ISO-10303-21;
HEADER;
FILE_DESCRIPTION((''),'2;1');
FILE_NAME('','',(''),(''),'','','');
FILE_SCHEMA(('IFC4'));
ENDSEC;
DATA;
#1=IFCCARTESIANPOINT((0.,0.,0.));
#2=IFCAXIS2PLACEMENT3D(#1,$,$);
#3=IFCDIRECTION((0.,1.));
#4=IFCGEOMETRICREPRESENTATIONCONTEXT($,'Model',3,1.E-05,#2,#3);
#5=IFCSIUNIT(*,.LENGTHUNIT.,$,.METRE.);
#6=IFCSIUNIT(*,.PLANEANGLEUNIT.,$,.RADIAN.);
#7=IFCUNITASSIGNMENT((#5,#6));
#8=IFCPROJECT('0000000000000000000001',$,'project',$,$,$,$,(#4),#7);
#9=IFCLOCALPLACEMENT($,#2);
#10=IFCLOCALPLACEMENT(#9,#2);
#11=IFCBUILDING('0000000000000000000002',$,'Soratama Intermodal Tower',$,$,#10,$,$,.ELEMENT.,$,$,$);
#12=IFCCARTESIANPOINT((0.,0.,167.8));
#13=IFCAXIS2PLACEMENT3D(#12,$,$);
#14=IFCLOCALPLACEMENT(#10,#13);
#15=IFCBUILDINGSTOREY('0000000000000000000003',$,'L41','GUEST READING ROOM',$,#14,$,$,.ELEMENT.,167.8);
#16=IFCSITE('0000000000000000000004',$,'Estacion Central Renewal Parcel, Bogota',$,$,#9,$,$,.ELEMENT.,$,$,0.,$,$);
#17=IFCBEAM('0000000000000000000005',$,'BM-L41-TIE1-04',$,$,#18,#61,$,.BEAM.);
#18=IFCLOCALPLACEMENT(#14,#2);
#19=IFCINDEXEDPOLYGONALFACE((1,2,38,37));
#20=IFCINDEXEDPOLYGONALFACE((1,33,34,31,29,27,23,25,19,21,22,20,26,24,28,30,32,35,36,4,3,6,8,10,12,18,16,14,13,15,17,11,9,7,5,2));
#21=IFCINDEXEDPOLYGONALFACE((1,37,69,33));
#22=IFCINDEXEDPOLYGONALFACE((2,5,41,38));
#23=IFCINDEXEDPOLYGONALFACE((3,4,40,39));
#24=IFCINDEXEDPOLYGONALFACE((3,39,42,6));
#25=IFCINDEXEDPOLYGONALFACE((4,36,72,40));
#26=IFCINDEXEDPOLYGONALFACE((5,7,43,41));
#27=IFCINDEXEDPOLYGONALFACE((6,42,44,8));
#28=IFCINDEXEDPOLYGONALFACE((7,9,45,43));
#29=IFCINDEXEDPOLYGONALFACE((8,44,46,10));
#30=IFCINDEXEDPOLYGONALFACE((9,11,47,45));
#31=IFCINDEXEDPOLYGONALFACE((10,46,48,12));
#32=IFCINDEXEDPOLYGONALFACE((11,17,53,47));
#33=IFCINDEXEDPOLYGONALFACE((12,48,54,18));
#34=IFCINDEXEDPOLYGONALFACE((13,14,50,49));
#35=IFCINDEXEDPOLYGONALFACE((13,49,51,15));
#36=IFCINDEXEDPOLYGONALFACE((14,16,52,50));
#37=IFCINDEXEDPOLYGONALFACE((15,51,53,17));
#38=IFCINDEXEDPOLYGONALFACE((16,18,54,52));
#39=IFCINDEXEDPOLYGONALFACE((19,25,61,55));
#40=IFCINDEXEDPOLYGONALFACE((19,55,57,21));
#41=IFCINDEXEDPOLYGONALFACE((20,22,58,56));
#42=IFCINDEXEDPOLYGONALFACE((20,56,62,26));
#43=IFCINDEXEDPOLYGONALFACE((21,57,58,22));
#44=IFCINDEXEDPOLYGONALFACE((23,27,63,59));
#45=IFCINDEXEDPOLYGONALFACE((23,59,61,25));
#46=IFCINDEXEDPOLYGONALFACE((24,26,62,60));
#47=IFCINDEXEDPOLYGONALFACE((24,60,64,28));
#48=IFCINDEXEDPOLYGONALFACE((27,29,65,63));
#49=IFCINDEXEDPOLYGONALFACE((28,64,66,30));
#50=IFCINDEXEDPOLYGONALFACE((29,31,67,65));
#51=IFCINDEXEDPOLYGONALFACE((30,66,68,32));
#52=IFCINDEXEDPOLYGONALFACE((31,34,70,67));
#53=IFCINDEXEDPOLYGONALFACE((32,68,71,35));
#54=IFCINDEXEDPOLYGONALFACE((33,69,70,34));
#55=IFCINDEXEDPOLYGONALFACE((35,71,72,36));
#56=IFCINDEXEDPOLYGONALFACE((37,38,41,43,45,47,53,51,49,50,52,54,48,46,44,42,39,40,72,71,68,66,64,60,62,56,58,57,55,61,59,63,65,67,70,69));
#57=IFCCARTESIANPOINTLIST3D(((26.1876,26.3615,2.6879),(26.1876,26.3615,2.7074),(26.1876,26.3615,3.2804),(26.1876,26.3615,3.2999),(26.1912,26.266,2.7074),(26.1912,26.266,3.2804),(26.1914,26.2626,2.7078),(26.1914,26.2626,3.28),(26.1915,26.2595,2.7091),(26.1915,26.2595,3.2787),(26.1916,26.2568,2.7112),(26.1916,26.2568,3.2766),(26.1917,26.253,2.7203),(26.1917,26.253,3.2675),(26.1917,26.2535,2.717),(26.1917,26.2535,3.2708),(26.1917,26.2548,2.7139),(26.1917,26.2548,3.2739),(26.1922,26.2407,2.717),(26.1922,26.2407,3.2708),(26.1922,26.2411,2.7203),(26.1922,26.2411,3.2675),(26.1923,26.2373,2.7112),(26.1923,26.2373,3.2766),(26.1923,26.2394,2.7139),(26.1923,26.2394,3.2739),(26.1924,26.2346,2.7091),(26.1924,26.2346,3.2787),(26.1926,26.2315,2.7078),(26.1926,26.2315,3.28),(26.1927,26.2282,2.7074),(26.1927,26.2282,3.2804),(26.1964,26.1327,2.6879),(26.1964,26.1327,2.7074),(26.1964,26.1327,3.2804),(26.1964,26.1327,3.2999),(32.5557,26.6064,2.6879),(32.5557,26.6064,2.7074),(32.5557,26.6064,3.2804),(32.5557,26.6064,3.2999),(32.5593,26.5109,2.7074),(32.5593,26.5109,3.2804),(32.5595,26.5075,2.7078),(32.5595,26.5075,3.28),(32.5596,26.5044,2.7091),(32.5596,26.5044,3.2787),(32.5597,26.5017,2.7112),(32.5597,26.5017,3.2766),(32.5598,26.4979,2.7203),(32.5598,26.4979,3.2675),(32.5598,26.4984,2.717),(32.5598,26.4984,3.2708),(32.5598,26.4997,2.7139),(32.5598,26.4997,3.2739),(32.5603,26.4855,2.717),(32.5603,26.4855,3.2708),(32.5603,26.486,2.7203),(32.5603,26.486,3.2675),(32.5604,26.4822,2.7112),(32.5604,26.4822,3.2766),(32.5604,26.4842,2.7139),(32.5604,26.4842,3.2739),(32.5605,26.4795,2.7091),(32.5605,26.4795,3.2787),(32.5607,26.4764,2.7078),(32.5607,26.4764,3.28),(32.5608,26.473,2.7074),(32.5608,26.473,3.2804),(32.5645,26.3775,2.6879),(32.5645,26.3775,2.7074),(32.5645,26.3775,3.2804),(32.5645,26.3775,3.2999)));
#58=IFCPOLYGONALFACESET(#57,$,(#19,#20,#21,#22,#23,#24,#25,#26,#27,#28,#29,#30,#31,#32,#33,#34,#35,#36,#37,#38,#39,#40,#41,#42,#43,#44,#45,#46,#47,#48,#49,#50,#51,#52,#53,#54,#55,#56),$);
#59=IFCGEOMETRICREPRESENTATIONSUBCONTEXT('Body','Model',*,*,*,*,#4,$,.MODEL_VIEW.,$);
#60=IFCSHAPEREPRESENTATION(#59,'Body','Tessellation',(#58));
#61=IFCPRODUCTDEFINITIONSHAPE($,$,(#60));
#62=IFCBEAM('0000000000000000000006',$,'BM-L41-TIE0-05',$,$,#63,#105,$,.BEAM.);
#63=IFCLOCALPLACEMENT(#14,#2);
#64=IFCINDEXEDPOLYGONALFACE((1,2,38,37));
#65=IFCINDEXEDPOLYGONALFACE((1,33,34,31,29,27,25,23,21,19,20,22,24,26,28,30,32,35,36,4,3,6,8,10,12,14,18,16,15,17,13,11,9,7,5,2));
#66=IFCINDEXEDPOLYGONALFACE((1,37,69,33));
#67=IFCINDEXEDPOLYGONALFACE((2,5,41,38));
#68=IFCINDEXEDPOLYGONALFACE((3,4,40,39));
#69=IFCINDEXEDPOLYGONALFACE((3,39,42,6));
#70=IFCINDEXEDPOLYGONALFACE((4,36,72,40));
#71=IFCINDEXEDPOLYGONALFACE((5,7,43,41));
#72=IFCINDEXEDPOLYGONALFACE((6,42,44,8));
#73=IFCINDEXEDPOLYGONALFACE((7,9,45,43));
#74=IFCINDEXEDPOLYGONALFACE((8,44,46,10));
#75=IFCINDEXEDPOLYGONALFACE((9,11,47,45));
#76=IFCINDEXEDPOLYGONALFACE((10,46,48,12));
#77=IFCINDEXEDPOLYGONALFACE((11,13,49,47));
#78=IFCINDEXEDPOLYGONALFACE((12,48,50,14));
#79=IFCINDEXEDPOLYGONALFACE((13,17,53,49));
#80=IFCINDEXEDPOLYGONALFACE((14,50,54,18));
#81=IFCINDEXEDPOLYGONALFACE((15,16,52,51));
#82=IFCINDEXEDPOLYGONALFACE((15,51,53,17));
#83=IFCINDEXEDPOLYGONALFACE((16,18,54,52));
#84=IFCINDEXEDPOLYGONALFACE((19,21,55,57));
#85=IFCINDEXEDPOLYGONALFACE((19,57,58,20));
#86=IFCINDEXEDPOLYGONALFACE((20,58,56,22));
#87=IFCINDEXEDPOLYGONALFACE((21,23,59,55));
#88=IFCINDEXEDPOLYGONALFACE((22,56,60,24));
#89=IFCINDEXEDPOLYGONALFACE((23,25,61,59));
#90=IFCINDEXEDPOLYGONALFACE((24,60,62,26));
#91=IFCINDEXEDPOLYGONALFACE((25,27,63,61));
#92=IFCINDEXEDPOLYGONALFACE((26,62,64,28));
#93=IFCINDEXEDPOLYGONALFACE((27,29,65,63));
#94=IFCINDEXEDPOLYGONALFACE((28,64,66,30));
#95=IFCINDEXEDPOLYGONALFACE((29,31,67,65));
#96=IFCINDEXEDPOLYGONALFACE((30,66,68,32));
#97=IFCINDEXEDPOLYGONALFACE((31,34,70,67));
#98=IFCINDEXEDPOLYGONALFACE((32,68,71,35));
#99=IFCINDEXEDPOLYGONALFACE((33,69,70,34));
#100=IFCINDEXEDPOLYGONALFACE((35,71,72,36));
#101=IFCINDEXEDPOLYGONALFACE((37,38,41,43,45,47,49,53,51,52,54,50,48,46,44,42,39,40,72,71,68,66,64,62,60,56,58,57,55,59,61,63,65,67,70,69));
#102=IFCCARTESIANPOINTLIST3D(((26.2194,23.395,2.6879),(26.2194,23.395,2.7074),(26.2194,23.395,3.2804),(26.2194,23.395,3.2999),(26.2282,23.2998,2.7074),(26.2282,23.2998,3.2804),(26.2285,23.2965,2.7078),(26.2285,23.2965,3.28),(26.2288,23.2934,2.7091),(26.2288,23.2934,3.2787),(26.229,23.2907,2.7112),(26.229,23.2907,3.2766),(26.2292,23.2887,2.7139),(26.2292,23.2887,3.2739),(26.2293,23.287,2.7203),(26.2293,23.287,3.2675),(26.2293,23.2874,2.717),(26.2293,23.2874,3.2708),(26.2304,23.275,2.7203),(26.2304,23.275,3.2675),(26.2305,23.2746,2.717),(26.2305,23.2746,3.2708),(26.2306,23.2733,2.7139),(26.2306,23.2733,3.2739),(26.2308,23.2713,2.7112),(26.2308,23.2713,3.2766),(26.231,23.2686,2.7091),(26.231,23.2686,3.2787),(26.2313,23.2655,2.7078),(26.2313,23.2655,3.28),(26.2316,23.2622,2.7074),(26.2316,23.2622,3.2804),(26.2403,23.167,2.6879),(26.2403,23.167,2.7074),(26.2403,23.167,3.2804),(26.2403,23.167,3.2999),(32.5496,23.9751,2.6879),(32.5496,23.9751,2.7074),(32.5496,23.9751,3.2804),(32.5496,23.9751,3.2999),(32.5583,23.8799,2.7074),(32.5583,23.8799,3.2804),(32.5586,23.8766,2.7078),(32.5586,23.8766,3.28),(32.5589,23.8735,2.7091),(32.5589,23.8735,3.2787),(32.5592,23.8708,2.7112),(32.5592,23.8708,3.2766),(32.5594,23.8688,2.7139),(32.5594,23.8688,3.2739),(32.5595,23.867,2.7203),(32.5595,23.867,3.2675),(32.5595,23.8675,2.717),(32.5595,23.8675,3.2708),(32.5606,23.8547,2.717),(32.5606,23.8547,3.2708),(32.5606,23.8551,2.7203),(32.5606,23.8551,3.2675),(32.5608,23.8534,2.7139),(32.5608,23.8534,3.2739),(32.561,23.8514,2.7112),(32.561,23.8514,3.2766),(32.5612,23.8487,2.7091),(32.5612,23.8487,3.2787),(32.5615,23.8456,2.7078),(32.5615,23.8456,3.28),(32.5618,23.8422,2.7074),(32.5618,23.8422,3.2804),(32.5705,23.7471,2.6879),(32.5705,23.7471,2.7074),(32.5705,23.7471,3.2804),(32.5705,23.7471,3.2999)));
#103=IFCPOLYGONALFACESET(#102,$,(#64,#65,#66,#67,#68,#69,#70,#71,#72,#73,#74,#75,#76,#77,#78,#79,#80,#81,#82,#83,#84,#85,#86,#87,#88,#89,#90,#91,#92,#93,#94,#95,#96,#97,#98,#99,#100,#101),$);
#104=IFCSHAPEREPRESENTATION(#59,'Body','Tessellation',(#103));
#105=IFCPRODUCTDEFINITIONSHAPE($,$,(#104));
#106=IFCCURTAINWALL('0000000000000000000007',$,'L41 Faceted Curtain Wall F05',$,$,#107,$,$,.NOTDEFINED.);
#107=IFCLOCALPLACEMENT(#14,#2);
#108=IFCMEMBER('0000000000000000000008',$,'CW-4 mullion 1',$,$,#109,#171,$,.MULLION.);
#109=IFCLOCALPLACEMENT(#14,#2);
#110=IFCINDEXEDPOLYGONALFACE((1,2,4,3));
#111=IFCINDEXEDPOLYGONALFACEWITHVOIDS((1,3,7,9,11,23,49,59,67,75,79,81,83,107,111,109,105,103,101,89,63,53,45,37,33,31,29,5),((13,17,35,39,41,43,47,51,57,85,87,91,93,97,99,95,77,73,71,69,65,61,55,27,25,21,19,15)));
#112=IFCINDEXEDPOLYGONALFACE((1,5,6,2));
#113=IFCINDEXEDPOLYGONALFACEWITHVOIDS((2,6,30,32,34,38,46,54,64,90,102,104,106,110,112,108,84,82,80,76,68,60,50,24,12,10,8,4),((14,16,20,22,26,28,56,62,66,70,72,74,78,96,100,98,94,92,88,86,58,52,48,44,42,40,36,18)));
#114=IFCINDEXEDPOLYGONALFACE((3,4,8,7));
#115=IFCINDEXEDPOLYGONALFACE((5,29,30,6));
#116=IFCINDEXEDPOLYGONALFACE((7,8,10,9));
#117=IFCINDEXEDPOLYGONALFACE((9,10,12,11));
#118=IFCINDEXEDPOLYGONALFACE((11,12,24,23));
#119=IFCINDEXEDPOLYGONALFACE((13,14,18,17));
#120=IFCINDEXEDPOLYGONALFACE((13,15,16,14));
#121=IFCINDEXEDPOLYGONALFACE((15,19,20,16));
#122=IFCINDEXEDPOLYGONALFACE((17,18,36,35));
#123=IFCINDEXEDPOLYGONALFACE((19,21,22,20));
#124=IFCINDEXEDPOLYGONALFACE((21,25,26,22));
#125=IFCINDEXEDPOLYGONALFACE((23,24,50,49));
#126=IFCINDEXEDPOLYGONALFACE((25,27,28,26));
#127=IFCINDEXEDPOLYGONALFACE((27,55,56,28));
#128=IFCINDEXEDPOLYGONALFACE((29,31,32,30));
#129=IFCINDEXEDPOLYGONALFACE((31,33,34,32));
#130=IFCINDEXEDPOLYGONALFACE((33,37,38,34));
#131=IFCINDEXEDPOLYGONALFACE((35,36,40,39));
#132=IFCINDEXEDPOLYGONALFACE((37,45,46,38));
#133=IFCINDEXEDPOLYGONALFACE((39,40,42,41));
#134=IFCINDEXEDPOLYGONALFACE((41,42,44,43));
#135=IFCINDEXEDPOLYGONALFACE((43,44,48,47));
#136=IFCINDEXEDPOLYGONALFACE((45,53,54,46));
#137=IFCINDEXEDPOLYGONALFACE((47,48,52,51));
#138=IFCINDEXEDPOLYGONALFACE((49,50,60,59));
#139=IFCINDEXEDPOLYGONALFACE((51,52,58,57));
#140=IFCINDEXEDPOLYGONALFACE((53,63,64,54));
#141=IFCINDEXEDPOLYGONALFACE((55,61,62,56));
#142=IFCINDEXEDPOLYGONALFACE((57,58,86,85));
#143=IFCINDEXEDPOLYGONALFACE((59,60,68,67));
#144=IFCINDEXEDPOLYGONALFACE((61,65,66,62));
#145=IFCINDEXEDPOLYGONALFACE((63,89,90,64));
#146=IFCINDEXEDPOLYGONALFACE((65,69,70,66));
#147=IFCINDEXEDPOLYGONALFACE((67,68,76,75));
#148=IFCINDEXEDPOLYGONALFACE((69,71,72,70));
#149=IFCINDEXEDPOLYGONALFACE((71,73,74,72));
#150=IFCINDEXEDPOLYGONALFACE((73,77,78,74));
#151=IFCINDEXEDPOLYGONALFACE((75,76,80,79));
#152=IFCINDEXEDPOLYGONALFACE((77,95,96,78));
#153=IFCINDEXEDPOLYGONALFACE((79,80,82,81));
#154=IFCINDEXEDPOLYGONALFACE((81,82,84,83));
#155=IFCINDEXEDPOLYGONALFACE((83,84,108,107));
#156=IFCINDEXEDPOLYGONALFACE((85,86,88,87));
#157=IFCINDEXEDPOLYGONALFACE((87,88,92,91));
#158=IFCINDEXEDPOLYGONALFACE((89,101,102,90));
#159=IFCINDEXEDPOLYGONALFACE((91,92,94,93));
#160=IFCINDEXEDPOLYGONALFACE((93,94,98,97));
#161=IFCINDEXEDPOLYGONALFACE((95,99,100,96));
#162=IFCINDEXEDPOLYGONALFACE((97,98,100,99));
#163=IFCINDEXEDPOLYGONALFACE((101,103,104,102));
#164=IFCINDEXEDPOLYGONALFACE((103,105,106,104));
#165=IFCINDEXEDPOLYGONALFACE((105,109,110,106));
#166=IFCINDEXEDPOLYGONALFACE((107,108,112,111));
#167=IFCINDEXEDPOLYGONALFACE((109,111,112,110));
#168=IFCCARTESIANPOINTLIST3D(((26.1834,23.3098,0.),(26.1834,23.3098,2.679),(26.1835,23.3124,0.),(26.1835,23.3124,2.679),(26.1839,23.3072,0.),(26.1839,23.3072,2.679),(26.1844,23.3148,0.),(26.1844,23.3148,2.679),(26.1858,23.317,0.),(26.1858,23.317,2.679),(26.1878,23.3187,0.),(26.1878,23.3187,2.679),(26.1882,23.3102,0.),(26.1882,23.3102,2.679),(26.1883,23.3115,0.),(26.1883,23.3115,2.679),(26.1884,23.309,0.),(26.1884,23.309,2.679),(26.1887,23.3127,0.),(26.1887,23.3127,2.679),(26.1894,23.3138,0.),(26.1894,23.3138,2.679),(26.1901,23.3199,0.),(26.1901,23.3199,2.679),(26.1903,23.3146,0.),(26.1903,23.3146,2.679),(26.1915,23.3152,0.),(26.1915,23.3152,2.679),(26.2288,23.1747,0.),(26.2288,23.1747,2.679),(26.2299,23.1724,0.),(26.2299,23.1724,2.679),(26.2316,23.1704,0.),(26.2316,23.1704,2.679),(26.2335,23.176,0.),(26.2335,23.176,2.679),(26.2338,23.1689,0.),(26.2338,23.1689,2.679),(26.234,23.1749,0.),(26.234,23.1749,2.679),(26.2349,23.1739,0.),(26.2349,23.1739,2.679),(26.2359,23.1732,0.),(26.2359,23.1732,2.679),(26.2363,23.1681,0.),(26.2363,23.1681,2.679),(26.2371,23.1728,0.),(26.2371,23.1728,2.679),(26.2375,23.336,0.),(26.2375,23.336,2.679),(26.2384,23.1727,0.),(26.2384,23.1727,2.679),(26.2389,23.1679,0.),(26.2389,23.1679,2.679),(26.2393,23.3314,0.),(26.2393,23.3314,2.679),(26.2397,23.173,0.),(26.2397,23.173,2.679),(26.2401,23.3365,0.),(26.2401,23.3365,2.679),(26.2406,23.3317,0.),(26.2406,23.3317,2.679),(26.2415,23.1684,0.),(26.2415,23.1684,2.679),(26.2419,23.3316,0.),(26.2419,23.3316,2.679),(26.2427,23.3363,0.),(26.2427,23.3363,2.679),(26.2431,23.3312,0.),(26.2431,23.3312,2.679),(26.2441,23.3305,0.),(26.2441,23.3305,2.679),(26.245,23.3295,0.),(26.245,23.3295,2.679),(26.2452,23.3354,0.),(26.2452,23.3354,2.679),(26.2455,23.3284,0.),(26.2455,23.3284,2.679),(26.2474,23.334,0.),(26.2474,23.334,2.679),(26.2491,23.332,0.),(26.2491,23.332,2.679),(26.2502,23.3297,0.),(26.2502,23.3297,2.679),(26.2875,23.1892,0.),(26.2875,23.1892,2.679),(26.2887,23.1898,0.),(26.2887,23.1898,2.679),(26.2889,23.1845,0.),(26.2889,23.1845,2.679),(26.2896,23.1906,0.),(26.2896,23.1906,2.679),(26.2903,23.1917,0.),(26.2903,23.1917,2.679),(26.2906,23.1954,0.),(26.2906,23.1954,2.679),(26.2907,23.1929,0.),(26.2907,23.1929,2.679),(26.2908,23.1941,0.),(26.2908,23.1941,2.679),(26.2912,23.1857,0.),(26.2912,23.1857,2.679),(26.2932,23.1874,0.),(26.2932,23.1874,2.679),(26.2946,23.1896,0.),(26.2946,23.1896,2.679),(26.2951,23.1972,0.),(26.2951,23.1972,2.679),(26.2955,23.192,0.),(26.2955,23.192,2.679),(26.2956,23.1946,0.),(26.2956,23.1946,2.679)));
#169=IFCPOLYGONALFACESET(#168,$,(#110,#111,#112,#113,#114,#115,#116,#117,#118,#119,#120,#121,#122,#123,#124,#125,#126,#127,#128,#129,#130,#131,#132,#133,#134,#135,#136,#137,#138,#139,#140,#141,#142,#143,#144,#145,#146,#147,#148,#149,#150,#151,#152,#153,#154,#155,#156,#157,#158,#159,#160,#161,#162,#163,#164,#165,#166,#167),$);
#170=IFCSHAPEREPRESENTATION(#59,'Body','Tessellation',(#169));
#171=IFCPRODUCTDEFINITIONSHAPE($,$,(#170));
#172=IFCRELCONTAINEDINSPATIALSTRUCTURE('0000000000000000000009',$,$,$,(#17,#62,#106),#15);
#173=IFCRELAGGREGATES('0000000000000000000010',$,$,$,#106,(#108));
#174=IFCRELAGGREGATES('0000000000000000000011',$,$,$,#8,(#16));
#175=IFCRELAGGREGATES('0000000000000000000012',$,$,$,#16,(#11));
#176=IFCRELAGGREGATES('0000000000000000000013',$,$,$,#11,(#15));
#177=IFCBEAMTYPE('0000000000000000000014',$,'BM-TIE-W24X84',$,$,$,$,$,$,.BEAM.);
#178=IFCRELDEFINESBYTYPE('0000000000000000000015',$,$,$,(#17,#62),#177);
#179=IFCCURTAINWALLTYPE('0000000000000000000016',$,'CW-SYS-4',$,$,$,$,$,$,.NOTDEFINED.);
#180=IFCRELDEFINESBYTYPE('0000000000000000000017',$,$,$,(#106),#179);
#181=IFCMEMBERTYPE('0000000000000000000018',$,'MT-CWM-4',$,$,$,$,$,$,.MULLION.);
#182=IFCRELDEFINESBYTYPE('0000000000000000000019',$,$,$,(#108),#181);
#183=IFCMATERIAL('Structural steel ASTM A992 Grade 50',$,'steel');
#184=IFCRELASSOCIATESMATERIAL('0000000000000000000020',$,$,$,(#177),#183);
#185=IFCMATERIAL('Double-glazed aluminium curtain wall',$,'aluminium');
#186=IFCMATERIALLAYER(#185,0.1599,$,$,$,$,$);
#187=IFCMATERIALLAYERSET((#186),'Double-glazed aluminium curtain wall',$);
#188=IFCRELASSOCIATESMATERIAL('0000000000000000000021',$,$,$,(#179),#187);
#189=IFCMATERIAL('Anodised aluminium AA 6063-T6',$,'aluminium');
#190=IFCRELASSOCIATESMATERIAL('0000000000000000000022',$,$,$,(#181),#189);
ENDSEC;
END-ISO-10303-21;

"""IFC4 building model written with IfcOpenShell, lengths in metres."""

from ifc_helpers import new_model, si_unit, direction, frame, origin, origin_2d, place, context, subcontext, project, spatial, hollow_rectangle, i_section, extrude, material, layer, layer_set, material_profile, profile_set, type_object, element, aggregate, save


model = new_model("IFC4")

# Units and contexts
model_context = context("Model", 3, precision=1e-05, world=origin(), true_north=direction((0.0, 1.0)))
body_context = subcontext(model_context, "Body", "Model", "MODEL_VIEW")
ifc_project = project(units=[si_unit("LENGTHUNIT", "METRE"), si_unit("PLANEANGLEUNIT", "RADIAN")], contexts=[model_context])

# Site, building, storey
site_placement = place(None, origin())
site = spatial("IfcSite", under=ifc_project, at=site_placement, Name="Estacion Central Renewal Parcel, Bogota", CompositionType="ELEMENT", RefElevation=0.0)
building_placement = place(site_placement, origin())
building = spatial("IfcBuilding", under=site, at=building_placement, Name="Soratama Intermodal Tower", CompositionType="ELEMENT")
storey_placement = place(building_placement, frame((0.0, 0.0, 167.8)))
storey = spatial("IfcBuildingStorey", under=building, at=storey_placement, Name="L41", Description="GUEST READING ROOM", CompositionType="ELEMENT", Elevation=167.8)

# Beams
ifc_material_1 = material(Name="Structural steel ASTM A992 Grade 50", Category="steel")
ifc_material_profile_1 = material_profile(ifc_material_1, i_section(OverallWidth=0.229, OverallDepth=0.6121, WebThickness=0.012, FlangeThickness=0.0195, FilletRadius=0.0129, at=origin_2d()), Name="W24X84")
ifc_profile_set_1 = profile_set([ifc_material_profile_1], Name="Structural steel ASTM A992 Grade 50")
beam_type_1 = type_object("IfcBeamType", Name="BM-TIE-W24X84", PredefinedType="BEAM", material=ifc_profile_set_1)
beam_1_placement = place(storey_placement, frame((32.5601, 26.4919, 2.9939), z_axis=(-0.999262, -0.038424, 0.0), x_axis=(0.038424, -0.999262, 0.0)))
element("IfcBeam", 1, at=beam_1_placement, inside=storey, type_object=beam_type_1, Name="BM-L41-TIE1-04", PredefinedType="BEAM", context=body_context, shape_type="SweptSolid", body=[
    extrude(i_section(OverallWidth=0.229, OverallDepth=0.6121, WebThickness=0.012, FlangeThickness=0.0195, FilletRadius=0.0129, at=origin_2d()), origin(), (0.0, 0.0, 1.0), 6.3728),
])
beam_2_placement = place(storey_placement, frame((32.5601, 23.8611, 2.9939), z_axis=(-0.995827, -0.091256, 0.0), x_axis=(0.091256, -0.995827, 0.0)))
element("IfcBeam", 2, at=beam_2_placement, inside=storey, type_object=beam_type_1, Name="BM-L41-TIE0-05", PredefinedType="BEAM", context=body_context, shape_type="SweptSolid", body=[
    extrude(i_section(OverallWidth=0.229, OverallDepth=0.6121, WebThickness=0.012, FlangeThickness=0.0195, FilletRadius=0.0129, at=origin_2d()), origin(), (0.0, 0.0, 1.0), 6.3567),
])

# Curtain wall, member
ifc_material_2 = material(Name="Double-glazed aluminium curtain wall", Category="aluminium")
ifc_layer_1 = layer(ifc_material_2, 0.1599)
ifc_layer_set_1 = layer_set([ifc_layer_1], Name="Double-glazed aluminium curtain wall")
curtain_wall_type = type_object("IfcCurtainWallType", Name="CW-SYS-4", PredefinedType="NOTDEFINED", material=ifc_layer_set_1)
curtain_wall_placement = place(storey_placement, origin())
curtain_wall = element("IfcCurtainWall", 3, at=curtain_wall_placement, inside=storey, type_object=curtain_wall_type, Name="L41 Faceted Curtain Wall F05", PredefinedType="NOTDEFINED")
ifc_material_3 = material(Name="Anodised aluminium AA 6063-T6", Category="aluminium")
ifc_material_profile_2 = material_profile(ifc_material_3, hollow_rectangle(XDim=0.0701, YDim=0.1599, WallThickness=0.0049, InnerFilletRadius=0.0049, OuterFilletRadius=0.01, at=origin_2d()), Name="CWM160X70X5")
ifc_profile_set_2 = profile_set([ifc_material_profile_2], Name="Anodised aluminium AA 6063-T6")
member_type_1 = type_object("IfcMemberType", Name="MT-CWM-4", PredefinedType="MULLION", material=ifc_profile_set_2)
member_1_placement = place(storey_placement, frame((26.2395, 23.2522, 0.0), z_axis=(0.0, 0.0, 1.0), x_axis=(0.9471, 0.32094, 0.0)))
member_1 = element("IfcMember", 4, at=member_1_placement, type_object=member_type_1, Name="CW-4 mullion 1", PredefinedType="MULLION", context=body_context, shape_type="SweptSolid", body=[
    extrude(hollow_rectangle(XDim=0.0701, YDim=0.1599, WallThickness=0.0049, InnerFilletRadius=0.0049, OuterFilletRadius=0.01, at=origin_2d()), origin(), (0.0, 0.0, 1.0), 2.679),
])
aggregate(curtain_wall, [member_1])

save(model, "model.ifc")
